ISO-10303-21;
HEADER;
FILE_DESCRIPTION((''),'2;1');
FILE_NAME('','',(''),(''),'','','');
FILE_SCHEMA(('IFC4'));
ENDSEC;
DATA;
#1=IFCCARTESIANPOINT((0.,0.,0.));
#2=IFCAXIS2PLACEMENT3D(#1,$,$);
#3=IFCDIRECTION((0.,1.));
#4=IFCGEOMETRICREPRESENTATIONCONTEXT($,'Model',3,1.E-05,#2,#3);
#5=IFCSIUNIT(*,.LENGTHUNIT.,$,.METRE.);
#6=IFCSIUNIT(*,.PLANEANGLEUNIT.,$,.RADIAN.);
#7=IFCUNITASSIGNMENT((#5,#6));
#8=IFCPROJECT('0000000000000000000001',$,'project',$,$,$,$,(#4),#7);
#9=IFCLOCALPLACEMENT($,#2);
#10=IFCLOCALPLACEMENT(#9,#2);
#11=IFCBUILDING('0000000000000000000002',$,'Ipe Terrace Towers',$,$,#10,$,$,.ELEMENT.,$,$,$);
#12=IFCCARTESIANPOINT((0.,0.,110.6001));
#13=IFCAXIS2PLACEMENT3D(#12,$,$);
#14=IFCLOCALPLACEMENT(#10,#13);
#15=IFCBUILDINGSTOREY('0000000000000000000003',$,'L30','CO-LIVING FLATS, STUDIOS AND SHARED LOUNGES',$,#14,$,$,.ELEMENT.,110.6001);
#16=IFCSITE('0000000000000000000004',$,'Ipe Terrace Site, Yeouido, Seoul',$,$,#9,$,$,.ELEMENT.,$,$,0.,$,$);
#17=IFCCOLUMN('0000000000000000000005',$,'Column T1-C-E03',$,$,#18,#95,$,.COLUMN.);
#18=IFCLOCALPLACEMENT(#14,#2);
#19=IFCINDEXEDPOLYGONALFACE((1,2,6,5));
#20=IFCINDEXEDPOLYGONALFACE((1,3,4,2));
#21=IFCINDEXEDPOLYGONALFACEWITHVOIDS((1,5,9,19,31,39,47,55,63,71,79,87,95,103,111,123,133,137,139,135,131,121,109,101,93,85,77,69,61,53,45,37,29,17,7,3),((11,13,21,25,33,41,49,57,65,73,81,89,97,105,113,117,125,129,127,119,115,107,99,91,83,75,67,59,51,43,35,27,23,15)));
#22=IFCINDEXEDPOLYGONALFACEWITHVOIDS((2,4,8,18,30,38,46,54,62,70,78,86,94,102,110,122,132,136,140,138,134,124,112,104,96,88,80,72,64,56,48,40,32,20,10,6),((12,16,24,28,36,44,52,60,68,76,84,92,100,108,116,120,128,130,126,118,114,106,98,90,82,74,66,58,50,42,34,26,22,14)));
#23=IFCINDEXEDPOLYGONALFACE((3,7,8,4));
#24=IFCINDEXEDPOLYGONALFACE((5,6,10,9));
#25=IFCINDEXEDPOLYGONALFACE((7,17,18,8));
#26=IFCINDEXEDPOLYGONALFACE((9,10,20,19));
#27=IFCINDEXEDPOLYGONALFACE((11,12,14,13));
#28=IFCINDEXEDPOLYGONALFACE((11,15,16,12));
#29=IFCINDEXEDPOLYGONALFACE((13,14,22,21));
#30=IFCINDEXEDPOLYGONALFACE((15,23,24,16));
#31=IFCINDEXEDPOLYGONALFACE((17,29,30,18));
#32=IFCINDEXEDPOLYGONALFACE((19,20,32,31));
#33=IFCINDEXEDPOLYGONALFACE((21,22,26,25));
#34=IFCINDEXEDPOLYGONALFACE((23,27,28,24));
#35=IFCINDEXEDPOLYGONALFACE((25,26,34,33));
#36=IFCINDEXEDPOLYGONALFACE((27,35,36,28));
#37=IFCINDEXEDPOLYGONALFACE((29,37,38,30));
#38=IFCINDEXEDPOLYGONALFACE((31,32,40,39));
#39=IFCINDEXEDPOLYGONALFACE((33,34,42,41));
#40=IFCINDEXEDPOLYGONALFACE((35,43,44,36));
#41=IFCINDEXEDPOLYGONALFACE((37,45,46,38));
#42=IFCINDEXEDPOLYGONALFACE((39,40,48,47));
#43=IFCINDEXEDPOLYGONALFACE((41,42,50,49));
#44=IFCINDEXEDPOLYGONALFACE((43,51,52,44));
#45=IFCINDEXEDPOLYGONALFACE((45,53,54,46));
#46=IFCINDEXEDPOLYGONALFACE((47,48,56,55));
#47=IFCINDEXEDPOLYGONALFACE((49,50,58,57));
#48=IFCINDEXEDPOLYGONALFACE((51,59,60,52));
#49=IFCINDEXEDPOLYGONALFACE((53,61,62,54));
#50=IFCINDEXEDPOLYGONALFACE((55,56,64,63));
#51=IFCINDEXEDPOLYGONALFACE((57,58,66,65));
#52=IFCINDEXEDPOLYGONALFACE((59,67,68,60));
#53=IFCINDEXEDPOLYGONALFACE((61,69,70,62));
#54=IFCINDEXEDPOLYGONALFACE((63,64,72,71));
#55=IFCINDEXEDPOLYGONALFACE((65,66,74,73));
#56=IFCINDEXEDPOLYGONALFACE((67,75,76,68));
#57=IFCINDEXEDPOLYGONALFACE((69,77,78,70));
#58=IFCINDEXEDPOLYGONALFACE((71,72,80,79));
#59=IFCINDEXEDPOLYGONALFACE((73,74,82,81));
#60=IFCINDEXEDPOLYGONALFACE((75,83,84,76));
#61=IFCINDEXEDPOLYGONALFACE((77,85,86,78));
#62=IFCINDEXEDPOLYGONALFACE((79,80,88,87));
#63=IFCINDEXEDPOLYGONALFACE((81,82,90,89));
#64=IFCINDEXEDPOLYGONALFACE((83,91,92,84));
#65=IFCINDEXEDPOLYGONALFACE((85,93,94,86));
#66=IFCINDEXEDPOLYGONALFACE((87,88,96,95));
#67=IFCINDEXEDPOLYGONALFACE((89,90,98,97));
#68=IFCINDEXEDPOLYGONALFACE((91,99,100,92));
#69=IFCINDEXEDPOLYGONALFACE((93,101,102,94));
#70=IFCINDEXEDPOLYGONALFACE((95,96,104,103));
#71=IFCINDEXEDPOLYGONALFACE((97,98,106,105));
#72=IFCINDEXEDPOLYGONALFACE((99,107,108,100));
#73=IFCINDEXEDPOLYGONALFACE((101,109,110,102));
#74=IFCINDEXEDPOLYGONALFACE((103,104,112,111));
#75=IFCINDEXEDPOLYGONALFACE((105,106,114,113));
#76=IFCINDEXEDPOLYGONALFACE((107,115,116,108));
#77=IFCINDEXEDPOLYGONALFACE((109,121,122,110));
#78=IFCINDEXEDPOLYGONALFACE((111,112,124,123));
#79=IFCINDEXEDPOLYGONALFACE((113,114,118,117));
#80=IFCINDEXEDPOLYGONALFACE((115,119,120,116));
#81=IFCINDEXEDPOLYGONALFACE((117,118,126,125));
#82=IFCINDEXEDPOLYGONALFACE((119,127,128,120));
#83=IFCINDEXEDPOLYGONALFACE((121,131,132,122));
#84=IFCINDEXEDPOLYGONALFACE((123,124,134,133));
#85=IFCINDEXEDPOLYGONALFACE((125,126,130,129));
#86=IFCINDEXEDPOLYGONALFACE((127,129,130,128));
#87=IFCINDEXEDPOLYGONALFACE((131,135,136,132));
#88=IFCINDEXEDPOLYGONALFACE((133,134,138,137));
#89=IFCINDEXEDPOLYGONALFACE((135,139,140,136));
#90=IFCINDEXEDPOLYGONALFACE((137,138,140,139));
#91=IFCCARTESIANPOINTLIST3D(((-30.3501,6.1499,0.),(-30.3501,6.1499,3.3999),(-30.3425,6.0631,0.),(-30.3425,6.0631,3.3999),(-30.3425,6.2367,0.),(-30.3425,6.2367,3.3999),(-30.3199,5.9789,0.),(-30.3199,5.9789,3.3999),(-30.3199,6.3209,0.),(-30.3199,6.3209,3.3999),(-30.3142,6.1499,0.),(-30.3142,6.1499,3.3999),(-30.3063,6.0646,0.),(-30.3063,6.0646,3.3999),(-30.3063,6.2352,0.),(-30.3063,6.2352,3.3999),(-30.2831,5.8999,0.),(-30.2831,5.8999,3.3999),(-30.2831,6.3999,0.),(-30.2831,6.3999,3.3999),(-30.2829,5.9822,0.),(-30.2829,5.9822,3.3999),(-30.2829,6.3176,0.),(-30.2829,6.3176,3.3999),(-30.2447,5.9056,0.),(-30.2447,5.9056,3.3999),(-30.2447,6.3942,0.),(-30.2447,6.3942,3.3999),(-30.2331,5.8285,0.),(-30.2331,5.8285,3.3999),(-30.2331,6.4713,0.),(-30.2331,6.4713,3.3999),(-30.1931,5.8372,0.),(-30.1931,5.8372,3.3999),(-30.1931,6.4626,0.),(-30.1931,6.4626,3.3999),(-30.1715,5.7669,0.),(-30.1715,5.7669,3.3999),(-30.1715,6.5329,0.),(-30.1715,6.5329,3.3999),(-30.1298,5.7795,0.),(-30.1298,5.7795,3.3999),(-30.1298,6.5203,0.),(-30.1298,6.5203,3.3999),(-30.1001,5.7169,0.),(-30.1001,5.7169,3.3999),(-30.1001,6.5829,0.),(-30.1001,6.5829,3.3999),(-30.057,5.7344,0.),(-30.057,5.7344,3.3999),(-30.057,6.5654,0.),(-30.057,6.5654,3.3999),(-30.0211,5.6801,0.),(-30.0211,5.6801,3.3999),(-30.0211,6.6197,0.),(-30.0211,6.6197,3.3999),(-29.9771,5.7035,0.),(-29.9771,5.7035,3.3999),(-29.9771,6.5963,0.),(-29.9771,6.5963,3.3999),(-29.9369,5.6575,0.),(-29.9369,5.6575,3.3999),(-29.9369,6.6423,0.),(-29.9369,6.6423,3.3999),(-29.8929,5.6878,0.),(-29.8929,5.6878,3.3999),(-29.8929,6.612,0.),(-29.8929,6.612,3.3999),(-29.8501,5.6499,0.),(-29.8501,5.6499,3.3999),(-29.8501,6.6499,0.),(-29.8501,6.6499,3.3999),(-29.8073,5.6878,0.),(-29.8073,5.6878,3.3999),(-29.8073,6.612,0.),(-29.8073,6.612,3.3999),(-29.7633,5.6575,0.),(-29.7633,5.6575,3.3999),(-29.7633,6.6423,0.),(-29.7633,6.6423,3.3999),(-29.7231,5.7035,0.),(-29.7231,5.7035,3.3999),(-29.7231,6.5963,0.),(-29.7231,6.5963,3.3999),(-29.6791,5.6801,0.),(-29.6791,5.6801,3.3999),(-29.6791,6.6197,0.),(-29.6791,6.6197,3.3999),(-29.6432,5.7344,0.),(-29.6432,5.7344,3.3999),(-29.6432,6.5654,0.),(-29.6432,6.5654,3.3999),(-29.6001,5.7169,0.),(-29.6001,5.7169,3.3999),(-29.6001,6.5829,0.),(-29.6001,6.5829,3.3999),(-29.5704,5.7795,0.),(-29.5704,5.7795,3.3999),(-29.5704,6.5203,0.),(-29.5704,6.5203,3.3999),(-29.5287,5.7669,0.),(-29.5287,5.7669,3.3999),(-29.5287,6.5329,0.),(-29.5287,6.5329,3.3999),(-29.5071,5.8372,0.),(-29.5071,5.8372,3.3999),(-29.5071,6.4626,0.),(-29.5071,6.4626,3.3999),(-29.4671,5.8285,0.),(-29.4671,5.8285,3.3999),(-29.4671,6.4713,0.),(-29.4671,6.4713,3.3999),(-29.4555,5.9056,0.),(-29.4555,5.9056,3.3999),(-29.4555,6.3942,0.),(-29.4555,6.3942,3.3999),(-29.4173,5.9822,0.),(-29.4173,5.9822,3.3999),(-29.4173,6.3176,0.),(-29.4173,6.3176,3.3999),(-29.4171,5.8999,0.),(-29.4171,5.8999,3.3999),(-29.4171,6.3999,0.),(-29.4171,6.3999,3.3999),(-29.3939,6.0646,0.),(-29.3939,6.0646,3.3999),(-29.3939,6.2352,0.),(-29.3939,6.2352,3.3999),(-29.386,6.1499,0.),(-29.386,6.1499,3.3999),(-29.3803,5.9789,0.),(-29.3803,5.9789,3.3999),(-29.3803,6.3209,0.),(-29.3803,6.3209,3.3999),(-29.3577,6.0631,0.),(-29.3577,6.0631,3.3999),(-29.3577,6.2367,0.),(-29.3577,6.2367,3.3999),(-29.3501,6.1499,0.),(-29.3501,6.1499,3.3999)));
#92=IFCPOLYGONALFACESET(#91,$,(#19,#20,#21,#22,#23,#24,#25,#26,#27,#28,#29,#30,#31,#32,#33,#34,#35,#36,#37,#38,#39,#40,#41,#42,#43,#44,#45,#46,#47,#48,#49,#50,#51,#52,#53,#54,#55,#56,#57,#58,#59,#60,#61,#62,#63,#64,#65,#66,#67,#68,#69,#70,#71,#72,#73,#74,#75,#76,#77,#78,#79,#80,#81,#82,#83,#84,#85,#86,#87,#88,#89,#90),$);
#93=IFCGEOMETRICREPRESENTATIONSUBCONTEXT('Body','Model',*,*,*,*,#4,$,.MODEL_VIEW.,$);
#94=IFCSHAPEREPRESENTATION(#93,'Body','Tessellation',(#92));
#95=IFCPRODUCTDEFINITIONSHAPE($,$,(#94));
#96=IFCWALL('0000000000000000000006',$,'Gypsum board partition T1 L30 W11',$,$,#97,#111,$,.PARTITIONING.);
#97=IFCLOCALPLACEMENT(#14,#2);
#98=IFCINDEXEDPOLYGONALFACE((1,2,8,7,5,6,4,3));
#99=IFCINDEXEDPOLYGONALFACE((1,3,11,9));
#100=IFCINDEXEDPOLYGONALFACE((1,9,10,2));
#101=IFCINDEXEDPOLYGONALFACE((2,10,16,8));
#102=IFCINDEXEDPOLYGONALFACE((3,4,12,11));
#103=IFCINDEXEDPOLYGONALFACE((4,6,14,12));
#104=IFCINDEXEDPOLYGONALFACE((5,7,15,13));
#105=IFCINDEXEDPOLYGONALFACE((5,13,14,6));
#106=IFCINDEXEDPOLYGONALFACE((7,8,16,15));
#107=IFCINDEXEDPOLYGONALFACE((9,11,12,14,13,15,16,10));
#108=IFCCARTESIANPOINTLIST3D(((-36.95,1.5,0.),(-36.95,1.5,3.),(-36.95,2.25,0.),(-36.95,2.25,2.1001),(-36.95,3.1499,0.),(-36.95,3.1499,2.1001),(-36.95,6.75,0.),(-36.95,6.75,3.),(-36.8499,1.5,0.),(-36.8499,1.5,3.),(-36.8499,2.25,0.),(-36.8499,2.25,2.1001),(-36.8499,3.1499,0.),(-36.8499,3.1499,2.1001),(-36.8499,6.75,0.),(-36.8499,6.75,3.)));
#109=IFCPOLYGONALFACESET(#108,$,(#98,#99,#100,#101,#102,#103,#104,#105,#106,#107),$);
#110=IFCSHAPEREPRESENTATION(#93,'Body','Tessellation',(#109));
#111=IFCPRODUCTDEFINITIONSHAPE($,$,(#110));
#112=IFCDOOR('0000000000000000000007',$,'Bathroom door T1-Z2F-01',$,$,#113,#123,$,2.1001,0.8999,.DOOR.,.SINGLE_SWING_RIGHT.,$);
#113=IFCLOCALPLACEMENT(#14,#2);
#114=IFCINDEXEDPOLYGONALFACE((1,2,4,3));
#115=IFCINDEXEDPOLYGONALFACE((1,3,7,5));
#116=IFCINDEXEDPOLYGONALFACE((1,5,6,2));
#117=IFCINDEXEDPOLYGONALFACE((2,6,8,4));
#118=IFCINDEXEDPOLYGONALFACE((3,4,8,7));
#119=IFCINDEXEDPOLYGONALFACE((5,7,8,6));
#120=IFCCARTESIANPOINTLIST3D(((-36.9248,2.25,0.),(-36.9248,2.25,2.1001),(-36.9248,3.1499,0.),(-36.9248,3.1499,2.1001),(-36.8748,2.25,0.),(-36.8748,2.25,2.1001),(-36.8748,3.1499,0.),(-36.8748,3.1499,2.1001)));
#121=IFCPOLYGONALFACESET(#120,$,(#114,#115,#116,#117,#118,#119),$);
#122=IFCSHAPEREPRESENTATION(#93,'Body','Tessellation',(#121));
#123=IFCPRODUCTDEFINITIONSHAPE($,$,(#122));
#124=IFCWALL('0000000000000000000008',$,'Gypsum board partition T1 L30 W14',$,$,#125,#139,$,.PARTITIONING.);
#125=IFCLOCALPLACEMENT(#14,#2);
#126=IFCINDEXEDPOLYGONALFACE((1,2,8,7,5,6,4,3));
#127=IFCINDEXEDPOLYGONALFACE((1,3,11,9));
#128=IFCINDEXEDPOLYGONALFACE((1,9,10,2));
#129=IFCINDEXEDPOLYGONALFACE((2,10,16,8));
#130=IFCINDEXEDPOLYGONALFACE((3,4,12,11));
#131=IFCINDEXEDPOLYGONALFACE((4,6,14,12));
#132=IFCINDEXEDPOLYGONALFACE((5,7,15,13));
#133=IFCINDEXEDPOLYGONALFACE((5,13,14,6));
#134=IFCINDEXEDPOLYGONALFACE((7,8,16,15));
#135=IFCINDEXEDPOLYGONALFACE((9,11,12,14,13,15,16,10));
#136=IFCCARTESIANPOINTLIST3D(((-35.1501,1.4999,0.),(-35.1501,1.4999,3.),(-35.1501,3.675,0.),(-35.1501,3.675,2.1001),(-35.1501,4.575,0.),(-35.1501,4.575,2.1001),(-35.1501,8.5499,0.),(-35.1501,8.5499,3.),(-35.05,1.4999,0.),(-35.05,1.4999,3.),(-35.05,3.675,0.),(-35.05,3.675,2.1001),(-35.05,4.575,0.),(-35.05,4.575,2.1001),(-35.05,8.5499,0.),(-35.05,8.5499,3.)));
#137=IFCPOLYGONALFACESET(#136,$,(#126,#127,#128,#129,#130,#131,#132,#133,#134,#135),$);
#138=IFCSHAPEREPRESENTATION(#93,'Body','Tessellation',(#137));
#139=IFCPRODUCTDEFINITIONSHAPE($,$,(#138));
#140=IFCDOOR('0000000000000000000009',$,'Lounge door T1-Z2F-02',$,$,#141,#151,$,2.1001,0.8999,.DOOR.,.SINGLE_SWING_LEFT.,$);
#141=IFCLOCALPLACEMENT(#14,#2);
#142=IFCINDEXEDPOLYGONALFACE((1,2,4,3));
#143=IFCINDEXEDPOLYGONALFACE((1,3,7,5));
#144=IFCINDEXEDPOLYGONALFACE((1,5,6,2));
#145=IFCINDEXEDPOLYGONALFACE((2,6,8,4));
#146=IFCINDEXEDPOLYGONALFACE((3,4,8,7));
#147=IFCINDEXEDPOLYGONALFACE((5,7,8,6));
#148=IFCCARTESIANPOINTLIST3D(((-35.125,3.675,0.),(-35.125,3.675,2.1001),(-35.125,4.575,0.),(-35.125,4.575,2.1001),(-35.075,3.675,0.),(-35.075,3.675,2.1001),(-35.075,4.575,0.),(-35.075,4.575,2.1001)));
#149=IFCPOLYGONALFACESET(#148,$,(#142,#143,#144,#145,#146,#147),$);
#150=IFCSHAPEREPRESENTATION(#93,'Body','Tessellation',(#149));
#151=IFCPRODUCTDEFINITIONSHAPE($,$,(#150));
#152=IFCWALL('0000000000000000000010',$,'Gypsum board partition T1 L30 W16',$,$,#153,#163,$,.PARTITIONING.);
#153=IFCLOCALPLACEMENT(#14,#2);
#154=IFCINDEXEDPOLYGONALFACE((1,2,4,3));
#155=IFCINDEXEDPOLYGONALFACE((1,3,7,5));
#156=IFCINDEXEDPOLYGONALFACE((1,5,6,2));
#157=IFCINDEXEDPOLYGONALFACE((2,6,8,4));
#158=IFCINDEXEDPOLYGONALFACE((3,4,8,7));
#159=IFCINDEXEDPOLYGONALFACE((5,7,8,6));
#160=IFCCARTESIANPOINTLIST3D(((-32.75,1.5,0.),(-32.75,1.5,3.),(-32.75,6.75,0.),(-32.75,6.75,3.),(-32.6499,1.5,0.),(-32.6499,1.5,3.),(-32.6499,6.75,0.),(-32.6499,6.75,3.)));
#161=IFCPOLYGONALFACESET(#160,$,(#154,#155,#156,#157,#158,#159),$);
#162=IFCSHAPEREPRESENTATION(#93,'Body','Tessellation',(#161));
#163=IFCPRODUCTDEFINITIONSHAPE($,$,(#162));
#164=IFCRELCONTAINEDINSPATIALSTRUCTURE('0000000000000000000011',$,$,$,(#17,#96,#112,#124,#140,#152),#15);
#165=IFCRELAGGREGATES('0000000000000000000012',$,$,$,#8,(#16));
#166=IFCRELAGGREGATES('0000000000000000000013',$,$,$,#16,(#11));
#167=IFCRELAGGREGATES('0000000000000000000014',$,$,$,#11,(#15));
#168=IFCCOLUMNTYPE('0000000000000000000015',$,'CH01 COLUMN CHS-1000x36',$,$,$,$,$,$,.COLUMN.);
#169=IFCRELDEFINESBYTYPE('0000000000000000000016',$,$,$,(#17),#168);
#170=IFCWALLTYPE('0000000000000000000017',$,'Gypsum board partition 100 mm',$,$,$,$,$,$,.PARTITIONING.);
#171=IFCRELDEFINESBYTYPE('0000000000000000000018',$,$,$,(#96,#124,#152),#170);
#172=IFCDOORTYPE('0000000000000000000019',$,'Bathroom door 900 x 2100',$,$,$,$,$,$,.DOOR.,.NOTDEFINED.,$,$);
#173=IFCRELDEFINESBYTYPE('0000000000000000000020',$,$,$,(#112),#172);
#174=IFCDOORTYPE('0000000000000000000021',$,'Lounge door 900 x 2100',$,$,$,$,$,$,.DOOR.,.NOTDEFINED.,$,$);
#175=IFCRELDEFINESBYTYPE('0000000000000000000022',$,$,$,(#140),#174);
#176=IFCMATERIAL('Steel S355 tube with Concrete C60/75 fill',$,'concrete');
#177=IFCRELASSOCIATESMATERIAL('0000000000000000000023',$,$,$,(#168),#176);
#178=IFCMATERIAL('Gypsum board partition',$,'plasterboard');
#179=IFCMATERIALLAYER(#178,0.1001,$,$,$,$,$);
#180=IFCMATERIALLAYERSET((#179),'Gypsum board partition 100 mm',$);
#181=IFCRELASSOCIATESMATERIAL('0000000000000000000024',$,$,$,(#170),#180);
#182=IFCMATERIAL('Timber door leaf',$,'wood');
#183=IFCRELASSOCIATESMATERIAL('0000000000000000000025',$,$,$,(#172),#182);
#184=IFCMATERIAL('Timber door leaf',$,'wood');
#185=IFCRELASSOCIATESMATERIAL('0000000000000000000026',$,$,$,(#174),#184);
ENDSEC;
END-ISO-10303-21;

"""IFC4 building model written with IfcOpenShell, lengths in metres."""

from ifc_helpers import new_model, si_unit, direction, frame, frame_2d, origin, origin_2d, place, context, subcontext, project, spatial, rectangle, hollow_circle, extrude, material, layer, layer_set, material_profile, profile_set, type_object, element, fill, save


model = new_model("IFC4")

# Units and contexts
model_context = context("Model", 3, precision=1e-05, world=origin(), true_north=direction((0.0, 1.0)))
body_context = subcontext(model_context, "Body", "Model", "MODEL_VIEW")
ifc_project = project(units=[si_unit("LENGTHUNIT", "METRE"), si_unit("PLANEANGLEUNIT", "RADIAN")], contexts=[model_context])

# Site, building, storey
site_placement = place(None, origin())
site = spatial("IfcSite", under=ifc_project, at=site_placement, Name="Ipe Terrace Site, Yeouido, Seoul", CompositionType="ELEMENT", RefElevation=0.0)
building_placement = place(site_placement, origin())
building = spatial("IfcBuilding", under=site, at=building_placement, Name="Ipe Terrace Towers", CompositionType="ELEMENT")
storey_placement = place(building_placement, frame((0.0, 0.0, 110.6001)))
storey = spatial("IfcBuildingStorey", under=building, at=storey_placement, Name="L30", Description="CO-LIVING FLATS, STUDIOS AND SHARED LOUNGES", CompositionType="ELEMENT", Elevation=110.6001)

# Column
ifc_material_1 = material(Name="Steel S355 tube with Concrete C60/75 fill", Category="concrete")
ifc_material_profile = material_profile(ifc_material_1, hollow_circle(Radius=0.5, WallThickness=0.0359, at=origin_2d()), Name="CHS-1000x36")
ifc_profile_set = profile_set([ifc_material_profile], Name="Steel S355 tube with Concrete C60/75 fill")
column_type = type_object("IfcColumnType", Name="CH01 COLUMN CHS-1000x36", PredefinedType="COLUMN", material=ifc_profile_set)
column_placement = place(storey_placement, frame((-29.8501, 6.1499, 0.0), z_axis=(0.0, 0.0, 1.0), x_axis=(1.0, 0.0, 0.0)))
element("IfcColumn", 1, at=column_placement, inside=storey, type_object=column_type, Name="Column T1-C-E03", PredefinedType="COLUMN", context=body_context, shape_type="SweptSolid", body=[
    extrude(hollow_circle(Radius=0.5, WallThickness=0.0359, at=origin_2d()), origin(), (0.0, 0.0, 1.0), 3.3999),
])

# Walls, openings, doors
ifc_material_2 = material(Name="Gypsum board partition", Category="plasterboard")
ifc_layer_1 = layer(ifc_material_2, 0.1001)
ifc_layer_set_1 = layer_set([ifc_layer_1], Name="Gypsum board partition 100 mm")
wall_type_1 = type_object("IfcWallType", Name="Gypsum board partition 100 mm", PredefinedType="PARTITIONING", material=ifc_layer_set_1)
wall_1_placement = place(storey_placement, frame((-36.8999, 1.5, 0.0), z_axis=(0.0, 0.0, 1.0), x_axis=(0.0, 1.0, 0.0)))
wall_1 = element("IfcWall", 2, at=wall_1_placement, inside=storey, type_object=wall_type_1, Name="Gypsum board partition T1 L30 W11", PredefinedType="PARTITIONING", context=body_context, shape_type="SweptSolid", body=[
    extrude(rectangle(XDim=5.25, YDim=0.1001, at=frame_2d((2.625, 0.0))), origin(), (0.0, 0.0, 1.0), 3.0),
])
opening_1_placement = place(wall_1_placement, frame((0.75, 0.0, 0.0)))
opening_1 = element("IfcOpeningElement", 3, at=opening_1_placement, cuts=wall_1, PredefinedType="OPENING", context=body_context, shape_type="SweptSolid", body=[
    extrude(rectangle(XDim=0.8999, YDim=2.1001, at=frame_2d((0.45, 1.05))), frame((0.0, 0.0601, 0.0), z_axis=(0.0, -1.0, 0.0), x_axis=(1.0, 0.0, 0.0)), (0.0, 0.0, 1.0), 0.1201),
])
ifc_material_3 = material(Name="Timber door leaf", Category="wood")
door_type_1 = type_object("IfcDoorType", Name="Bathroom door 900 x 2100", OperationType="NOTDEFINED", PredefinedType="DOOR", material=ifc_material_3)
door_1_placement = place(opening_1_placement, origin())
door_1 = element("IfcDoor", 4, at=door_1_placement, inside=storey, type_object=door_type_1, Name="Bathroom door T1-Z2F-01", OperationType="SINGLE_SWING_RIGHT", OverallHeight=2.1001, OverallWidth=0.8999, PredefinedType="DOOR", context=body_context, shape_type="SweptSolid", body=[
    extrude(rectangle(XDim=0.8999, YDim=2.1001, at=frame_2d((0.45, 1.05))), frame((0.0, 0.0249, 0.0), z_axis=(0.0, -1.0, 0.0), x_axis=(1.0, 0.0, 0.0)), (0.0, 0.0, 1.0), 0.05),
])
fill(opening_1, door_1)
wall_2_placement = place(storey_placement, frame((-35.1001, 1.5, 0.0), z_axis=(0.0, 0.0, 1.0), x_axis=(0.0, 1.0, 0.0)))
wall_2 = element("IfcWall", 5, at=wall_2_placement, inside=storey, type_object=wall_type_1, Name="Gypsum board partition T1 L30 W14", PredefinedType="PARTITIONING", context=body_context, shape_type="SweptSolid", body=[
    extrude(rectangle(XDim=7.05, YDim=0.1001, at=frame_2d((3.5249, 0.0))), origin(), (0.0, 0.0, 1.0), 3.0),
])
opening_2_placement = place(wall_2_placement, frame((2.175, 0.0, 0.0)))
opening_2 = element("IfcOpeningElement", 6, at=opening_2_placement, cuts=wall_2, PredefinedType="OPENING", context=body_context, shape_type="SweptSolid", body=[
    extrude(rectangle(XDim=0.8999, YDim=2.1001, at=frame_2d((0.45, 1.05))), frame((0.0, 0.0601, 0.0), z_axis=(0.0, -1.0, 0.0), x_axis=(1.0, 0.0, 0.0)), (0.0, 0.0, 1.0), 0.1201),
])
ifc_material_4 = material(Name="Timber door leaf", Category="wood")
door_type_2 = type_object("IfcDoorType", Name="Lounge door 900 x 2100", OperationType="NOTDEFINED", PredefinedType="DOOR", material=ifc_material_4)
door_2_placement = place(opening_2_placement, origin())
door_2 = element("IfcDoor", 7, at=door_2_placement, inside=storey, type_object=door_type_2, Name="Lounge door T1-Z2F-02", OperationType="SINGLE_SWING_LEFT", OverallHeight=2.1001, OverallWidth=0.8999, PredefinedType="DOOR", context=body_context, shape_type="SweptSolid", body=[
    extrude(rectangle(XDim=0.8999, YDim=2.1001, at=frame_2d((0.45, 1.05))), frame((0.0, 0.0249, 0.0), z_axis=(0.0, -1.0, 0.0), x_axis=(1.0, 0.0, 0.0)), (0.0, 0.0, 1.0), 0.05),
])
fill(opening_2, door_2)

# Wall
wall_3_placement = place(storey_placement, frame((-32.7, 1.5, 0.0), z_axis=(0.0, 0.0, 1.0), x_axis=(0.0, 1.0, 0.0)))
element("IfcWall", 8, at=wall_3_placement, inside=storey, type_object=wall_type_1, Name="Gypsum board partition T1 L30 W16", PredefinedType="PARTITIONING", context=body_context, shape_type="SweptSolid", body=[
    extrude(rectangle(XDim=5.25, YDim=0.1001, at=frame_2d((2.625, 0.0))), origin(), (0.0, 0.0, 1.0), 3.0),
])

save(model, "model.ifc")
